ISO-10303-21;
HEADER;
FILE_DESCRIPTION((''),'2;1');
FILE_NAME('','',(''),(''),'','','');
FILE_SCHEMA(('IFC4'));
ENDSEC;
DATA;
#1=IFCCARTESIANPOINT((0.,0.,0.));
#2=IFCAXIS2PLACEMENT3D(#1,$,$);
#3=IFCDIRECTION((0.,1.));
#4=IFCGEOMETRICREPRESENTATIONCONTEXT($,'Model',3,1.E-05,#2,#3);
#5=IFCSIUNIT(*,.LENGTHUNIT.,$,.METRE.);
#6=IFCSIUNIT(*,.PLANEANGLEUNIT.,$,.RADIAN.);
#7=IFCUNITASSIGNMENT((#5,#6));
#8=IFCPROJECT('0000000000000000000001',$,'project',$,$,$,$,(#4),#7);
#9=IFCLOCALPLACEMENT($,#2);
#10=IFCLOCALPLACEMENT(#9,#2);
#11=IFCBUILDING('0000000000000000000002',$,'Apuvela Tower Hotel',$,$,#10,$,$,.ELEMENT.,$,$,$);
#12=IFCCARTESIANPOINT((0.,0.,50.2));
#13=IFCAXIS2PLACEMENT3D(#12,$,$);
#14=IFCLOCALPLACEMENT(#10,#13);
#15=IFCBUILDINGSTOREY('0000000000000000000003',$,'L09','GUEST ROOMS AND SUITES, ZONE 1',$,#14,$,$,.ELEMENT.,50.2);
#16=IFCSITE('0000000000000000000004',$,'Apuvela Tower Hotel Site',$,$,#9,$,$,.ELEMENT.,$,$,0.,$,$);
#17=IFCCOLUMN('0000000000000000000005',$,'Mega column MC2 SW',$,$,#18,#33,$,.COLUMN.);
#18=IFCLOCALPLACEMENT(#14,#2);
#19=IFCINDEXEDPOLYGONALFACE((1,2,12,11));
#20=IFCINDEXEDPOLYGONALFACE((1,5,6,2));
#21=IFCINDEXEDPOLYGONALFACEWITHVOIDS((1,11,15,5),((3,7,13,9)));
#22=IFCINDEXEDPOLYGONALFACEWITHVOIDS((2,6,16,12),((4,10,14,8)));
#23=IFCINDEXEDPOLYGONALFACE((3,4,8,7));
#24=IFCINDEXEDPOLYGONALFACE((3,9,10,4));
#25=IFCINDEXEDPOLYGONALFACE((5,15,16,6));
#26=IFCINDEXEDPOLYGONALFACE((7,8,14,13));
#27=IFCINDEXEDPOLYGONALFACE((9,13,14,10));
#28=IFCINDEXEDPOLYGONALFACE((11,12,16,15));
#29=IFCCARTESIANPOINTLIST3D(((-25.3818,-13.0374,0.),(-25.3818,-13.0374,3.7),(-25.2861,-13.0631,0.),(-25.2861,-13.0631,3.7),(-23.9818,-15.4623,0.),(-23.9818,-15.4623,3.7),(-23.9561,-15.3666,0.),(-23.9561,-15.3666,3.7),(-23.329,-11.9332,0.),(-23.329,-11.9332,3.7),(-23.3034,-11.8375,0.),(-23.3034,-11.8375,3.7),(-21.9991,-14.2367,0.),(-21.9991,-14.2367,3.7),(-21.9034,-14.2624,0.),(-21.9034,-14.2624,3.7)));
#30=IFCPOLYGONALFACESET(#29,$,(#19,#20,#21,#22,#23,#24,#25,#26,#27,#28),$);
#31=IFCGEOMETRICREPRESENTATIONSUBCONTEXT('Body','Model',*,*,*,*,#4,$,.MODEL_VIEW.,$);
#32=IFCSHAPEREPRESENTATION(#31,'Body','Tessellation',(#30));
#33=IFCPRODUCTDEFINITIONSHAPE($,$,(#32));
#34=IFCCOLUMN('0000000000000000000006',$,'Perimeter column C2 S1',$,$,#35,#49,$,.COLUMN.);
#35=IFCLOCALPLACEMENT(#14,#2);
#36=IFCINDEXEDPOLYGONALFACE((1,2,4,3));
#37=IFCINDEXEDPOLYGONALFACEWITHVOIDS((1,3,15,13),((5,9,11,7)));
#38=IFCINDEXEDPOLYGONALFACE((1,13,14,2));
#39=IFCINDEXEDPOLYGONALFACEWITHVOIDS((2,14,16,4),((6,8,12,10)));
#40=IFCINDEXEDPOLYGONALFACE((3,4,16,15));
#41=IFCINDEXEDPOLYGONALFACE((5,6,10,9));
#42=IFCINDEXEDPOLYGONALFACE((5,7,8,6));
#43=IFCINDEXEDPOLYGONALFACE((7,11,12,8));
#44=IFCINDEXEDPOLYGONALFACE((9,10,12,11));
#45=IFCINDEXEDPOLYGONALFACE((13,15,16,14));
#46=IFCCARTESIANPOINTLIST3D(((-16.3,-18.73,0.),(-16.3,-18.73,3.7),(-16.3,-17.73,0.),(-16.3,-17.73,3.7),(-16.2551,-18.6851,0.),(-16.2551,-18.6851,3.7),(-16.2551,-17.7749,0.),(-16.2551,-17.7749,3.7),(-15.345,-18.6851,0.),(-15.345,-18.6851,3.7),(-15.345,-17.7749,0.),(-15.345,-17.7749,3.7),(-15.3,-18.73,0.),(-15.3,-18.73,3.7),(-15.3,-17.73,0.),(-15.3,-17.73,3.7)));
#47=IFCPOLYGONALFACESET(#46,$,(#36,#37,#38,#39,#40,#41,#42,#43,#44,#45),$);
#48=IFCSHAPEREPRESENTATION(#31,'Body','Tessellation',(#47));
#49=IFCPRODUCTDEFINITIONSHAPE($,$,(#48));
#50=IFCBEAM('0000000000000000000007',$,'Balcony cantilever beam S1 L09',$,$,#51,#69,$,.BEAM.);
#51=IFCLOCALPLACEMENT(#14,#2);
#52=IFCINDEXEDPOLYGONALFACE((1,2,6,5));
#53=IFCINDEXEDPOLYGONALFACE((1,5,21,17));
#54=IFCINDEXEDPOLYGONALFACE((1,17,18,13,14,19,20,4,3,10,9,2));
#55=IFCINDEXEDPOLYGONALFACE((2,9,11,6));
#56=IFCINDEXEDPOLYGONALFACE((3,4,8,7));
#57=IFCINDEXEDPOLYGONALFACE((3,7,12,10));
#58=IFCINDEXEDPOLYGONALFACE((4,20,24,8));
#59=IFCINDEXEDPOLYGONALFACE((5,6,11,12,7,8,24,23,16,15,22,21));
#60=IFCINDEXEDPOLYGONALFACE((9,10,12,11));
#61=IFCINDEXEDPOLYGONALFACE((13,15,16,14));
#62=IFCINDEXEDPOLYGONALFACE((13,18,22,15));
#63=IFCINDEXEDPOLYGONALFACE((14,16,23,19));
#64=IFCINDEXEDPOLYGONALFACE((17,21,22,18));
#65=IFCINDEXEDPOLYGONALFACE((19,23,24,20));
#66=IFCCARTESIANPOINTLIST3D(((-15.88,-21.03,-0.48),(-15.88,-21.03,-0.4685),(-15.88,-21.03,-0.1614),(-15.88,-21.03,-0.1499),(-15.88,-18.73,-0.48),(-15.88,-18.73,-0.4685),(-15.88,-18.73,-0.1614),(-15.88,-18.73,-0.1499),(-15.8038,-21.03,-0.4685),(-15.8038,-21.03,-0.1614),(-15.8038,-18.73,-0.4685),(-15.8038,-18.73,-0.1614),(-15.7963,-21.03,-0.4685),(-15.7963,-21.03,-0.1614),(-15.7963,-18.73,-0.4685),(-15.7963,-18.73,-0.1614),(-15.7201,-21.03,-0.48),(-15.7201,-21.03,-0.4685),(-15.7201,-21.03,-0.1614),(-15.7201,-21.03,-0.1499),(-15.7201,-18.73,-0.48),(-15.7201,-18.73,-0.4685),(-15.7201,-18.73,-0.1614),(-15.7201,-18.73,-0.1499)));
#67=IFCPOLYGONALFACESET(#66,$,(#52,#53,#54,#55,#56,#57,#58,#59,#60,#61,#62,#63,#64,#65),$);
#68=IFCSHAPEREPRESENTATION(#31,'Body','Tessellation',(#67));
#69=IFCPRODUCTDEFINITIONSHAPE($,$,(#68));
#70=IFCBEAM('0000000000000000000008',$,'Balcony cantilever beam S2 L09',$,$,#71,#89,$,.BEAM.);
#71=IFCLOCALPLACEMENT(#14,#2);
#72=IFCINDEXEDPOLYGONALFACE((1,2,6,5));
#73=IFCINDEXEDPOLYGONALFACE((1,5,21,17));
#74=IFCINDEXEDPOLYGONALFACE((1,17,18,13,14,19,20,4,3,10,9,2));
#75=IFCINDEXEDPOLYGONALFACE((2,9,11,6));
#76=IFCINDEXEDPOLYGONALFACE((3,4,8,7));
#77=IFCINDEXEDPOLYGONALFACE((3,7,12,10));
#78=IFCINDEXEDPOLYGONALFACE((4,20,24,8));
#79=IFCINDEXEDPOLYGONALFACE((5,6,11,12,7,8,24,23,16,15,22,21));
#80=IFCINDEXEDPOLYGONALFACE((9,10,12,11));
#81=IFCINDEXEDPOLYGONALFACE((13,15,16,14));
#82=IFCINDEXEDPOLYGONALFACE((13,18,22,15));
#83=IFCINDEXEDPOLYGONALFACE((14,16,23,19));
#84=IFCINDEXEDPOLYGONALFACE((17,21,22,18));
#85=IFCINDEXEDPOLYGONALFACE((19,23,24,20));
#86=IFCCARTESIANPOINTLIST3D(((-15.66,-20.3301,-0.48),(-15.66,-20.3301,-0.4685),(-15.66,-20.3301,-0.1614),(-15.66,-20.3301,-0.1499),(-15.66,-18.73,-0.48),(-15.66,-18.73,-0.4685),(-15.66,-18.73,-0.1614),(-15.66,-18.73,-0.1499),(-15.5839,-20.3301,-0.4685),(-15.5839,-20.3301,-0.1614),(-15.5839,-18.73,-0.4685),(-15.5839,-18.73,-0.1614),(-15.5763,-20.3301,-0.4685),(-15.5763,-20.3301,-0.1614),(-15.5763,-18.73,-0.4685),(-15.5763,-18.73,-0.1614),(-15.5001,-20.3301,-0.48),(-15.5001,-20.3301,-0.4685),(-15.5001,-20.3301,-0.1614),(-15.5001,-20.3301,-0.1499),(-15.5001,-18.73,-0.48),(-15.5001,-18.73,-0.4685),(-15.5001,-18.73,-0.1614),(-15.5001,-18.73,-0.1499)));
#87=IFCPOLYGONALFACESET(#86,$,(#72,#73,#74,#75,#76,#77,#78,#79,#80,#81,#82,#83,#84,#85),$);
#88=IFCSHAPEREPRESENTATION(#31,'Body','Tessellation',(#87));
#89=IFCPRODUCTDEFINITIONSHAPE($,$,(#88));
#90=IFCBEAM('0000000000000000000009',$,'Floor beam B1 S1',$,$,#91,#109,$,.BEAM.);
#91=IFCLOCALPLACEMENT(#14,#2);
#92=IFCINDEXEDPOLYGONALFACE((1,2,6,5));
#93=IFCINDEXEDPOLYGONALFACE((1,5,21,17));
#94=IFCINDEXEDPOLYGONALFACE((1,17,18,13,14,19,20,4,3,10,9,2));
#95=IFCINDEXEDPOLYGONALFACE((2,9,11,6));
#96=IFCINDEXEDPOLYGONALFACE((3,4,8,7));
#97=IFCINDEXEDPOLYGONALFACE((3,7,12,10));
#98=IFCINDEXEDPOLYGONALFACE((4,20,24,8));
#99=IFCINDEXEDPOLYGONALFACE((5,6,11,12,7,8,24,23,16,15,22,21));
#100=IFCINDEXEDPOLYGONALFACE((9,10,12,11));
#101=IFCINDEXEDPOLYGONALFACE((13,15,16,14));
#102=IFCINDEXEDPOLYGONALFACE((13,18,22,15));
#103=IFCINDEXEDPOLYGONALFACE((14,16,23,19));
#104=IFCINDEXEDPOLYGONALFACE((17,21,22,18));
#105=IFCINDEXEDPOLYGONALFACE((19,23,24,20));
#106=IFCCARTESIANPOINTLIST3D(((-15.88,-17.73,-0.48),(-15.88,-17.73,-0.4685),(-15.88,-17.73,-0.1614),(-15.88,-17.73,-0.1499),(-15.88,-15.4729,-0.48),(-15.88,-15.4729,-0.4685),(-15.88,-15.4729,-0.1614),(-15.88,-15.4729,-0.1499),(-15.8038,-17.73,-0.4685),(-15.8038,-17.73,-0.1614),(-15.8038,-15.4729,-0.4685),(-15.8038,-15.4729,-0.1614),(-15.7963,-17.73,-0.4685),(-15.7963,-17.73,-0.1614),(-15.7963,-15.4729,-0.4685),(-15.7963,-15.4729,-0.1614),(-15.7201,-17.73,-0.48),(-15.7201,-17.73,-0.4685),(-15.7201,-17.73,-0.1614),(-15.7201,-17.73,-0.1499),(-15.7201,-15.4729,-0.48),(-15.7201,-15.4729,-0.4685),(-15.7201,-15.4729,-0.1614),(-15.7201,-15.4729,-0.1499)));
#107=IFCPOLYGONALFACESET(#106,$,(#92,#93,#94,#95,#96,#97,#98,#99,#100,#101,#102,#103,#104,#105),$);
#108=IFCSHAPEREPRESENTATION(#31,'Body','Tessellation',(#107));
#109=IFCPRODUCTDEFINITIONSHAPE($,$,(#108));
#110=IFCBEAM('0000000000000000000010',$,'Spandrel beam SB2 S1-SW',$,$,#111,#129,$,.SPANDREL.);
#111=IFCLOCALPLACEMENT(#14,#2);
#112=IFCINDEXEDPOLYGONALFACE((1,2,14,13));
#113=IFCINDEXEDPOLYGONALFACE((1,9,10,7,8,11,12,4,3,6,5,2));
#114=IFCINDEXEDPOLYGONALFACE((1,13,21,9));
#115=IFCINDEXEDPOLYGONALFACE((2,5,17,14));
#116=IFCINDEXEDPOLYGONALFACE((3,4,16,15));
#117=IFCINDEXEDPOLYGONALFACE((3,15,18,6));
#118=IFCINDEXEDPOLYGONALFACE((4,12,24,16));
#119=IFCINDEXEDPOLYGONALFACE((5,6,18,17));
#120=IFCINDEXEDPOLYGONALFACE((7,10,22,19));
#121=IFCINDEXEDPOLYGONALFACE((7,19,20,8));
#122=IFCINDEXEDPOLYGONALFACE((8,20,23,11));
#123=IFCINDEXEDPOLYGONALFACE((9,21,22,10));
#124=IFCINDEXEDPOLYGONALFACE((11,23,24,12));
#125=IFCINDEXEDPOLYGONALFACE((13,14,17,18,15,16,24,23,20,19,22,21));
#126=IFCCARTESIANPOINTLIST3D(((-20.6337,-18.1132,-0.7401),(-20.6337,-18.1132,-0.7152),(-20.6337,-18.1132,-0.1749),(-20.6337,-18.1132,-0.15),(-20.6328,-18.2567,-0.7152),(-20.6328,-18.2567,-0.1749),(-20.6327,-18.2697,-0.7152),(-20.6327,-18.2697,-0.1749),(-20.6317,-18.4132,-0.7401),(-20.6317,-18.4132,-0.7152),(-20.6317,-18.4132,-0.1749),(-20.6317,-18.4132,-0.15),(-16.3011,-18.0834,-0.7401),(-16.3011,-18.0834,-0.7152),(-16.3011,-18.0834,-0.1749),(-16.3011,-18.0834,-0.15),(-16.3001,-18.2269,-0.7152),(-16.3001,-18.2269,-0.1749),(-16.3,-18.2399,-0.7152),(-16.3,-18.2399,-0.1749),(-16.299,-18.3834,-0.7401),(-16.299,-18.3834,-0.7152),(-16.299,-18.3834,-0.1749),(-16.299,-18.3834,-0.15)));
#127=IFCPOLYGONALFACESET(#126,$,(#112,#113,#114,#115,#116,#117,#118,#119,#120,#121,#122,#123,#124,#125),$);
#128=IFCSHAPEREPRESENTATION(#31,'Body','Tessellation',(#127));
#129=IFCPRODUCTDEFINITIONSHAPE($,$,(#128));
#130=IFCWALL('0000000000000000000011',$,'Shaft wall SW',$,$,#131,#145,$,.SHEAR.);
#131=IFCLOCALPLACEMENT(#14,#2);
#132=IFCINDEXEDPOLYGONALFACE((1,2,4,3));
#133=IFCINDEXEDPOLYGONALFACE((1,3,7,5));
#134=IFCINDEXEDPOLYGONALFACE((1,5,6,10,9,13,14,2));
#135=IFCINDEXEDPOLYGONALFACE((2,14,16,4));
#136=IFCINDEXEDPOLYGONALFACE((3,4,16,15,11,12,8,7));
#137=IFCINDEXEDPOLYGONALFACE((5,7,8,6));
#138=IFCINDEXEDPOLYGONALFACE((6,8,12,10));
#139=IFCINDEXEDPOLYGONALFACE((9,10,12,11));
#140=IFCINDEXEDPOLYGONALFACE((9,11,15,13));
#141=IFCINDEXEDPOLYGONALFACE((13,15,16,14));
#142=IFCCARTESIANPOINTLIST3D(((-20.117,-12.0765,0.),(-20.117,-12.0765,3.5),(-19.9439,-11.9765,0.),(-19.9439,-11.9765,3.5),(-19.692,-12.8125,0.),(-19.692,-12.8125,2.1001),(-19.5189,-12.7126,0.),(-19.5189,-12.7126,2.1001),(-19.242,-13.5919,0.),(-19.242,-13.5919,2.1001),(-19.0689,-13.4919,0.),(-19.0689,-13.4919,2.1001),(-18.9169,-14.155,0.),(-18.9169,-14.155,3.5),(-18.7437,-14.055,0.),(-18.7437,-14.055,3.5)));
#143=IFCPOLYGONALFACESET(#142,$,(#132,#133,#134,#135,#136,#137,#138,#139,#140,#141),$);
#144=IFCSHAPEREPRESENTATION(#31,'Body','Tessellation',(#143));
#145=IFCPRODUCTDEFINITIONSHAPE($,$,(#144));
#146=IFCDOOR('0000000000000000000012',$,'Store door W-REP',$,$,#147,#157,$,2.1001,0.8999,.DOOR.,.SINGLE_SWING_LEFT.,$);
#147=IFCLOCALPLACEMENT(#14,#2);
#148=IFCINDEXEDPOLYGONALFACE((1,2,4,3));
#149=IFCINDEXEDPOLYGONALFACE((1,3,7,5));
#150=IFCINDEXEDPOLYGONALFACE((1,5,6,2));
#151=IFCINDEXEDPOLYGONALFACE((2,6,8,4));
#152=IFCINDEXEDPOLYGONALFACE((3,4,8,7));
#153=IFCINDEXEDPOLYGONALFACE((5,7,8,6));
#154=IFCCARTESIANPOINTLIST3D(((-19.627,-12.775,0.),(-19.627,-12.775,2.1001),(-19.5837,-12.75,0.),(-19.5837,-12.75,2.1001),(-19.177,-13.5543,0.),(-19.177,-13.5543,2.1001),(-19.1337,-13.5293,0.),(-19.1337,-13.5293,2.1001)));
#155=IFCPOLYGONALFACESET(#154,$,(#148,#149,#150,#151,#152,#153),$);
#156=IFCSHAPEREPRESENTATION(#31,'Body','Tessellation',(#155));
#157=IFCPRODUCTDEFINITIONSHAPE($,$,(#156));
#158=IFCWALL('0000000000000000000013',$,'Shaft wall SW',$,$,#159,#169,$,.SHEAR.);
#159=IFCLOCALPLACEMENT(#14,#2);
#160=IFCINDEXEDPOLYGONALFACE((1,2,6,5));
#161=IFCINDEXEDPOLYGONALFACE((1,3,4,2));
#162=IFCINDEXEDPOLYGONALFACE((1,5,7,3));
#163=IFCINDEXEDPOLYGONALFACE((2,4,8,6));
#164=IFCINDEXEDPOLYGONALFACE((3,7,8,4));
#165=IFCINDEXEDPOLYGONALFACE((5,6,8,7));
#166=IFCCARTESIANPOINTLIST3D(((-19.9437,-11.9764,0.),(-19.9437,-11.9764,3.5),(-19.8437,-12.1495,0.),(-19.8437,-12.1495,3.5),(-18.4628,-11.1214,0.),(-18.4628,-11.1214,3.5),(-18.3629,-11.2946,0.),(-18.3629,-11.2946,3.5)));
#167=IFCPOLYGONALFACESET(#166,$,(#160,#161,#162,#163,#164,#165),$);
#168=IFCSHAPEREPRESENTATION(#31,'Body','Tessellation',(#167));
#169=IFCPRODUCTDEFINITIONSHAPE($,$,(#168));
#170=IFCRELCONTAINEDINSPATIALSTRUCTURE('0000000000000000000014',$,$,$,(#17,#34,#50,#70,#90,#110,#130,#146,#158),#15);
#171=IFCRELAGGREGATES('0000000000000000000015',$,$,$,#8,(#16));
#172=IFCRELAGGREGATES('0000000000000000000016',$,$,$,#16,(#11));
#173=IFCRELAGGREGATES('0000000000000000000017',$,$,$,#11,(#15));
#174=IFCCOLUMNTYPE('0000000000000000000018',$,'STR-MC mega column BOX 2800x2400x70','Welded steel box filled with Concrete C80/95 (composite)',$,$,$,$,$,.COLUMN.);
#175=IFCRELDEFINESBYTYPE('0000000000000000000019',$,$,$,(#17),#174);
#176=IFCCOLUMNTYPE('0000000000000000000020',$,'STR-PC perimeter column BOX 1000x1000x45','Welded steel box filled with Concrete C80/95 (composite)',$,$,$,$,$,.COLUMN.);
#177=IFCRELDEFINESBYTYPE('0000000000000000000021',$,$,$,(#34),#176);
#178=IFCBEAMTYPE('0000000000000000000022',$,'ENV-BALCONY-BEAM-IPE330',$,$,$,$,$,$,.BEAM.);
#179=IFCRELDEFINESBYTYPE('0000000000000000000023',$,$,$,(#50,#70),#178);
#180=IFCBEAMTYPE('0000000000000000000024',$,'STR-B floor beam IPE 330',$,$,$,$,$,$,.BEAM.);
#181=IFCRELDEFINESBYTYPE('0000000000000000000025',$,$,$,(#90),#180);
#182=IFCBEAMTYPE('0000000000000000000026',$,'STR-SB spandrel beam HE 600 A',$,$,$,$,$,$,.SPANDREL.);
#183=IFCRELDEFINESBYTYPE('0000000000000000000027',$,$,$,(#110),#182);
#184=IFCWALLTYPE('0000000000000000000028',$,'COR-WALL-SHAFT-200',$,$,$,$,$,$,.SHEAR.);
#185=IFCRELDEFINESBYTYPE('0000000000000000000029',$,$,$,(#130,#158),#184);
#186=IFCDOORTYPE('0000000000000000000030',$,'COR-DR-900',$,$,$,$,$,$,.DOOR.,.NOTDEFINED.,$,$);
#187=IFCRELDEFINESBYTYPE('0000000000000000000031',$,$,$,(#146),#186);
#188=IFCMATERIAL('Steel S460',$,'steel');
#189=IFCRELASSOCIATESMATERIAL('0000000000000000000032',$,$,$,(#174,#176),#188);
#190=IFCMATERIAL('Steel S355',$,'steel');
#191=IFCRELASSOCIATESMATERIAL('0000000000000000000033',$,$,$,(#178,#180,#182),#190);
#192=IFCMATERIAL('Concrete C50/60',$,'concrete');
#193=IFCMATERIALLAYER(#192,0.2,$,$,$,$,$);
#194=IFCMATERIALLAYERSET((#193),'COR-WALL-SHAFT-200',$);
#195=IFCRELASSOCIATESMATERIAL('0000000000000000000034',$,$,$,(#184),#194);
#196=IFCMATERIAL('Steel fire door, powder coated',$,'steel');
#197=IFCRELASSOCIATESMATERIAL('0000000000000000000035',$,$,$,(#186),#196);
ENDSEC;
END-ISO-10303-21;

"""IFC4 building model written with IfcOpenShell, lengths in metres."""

from ifc_helpers import new_model, si_unit, direction, frame, frame_2d, origin, origin_2d, place, context, subcontext, project, spatial, rectangle, hollow_rectangle, i_section, extrude, material, layer, layer_set, material_profile, profile_set, type_object, element, fill, save


model = new_model("IFC4")

# Units and contexts
model_context = context("Model", 3, precision=1e-05, world=origin(), true_north=direction((0.0, 1.0)))
body_context = subcontext(model_context, "Body", "Model", "MODEL_VIEW")
ifc_project = project(units=[si_unit("LENGTHUNIT", "METRE"), si_unit("PLANEANGLEUNIT", "RADIAN")], contexts=[model_context])

# Site, building, storey
site_placement = place(None, origin())
site = spatial("IfcSite", under=ifc_project, at=site_placement, Name="Apuvela Tower Hotel Site", CompositionType="ELEMENT", RefElevation=0.0)
building_placement = place(site_placement, origin())
building = spatial("IfcBuilding", under=site, at=building_placement, Name="Apuvela Tower Hotel", CompositionType="ELEMENT")
storey_placement = place(building_placement, frame((0.0, 0.0, 50.2)))
storey = spatial("IfcBuildingStorey", under=building, at=storey_placement, Name="L09", Description="GUEST ROOMS AND SUITES, ZONE 1", CompositionType="ELEMENT", Elevation=50.2)

# Columns
ifc_material_1 = material(Name="Steel S460", Category="steel")
ifc_material_profile_1 = material_profile(ifc_material_1, hollow_rectangle(XDim=2.8, YDim=2.3999, WallThickness=0.0701, at=origin_2d()), Name="BOX 2800x2400x70")
ifc_material_2 = material(Name="Concrete C80/95", Category="concrete")
ifc_material_profile_2 = material_profile(ifc_material_2, rectangle(XDim=2.6599, YDim=2.26, at=origin_2d()), Name="Concrete C80/95 infill")
ifc_profile_set_1 = profile_set([ifc_material_profile_1, ifc_material_profile_2], Name="Steel S460")
column_type_1 = type_object("IfcColumnType", Name="STR-MC mega column BOX 2800x2400x70", Description="Welded steel box filled with Concrete C80/95 (composite)", PredefinedType="COLUMN", material=ifc_profile_set_1)
column_1_placement = place(storey_placement, frame((-23.6426, -13.6499, 0.0), z_axis=(0.0, 0.0, 1.0), x_axis=(-0.5, 0.866025, 0.0)))
element("IfcColumn", 1, at=column_1_placement, inside=storey, type_object=column_type_1, Name="Mega column MC2 SW", PredefinedType="COLUMN", context=body_context, shape_type="SweptSolid", body=[
    extrude(hollow_rectangle(XDim=2.8, YDim=2.3999, WallThickness=0.0701, at=origin_2d()), origin(), (0.0, 0.0, 1.0), 3.7),
])
ifc_material_profile_3 = material_profile(ifc_material_1, hollow_rectangle(XDim=1.0, YDim=1.0, WallThickness=0.0449, at=origin_2d()), Name="BOX 1000x1000x45")
ifc_material_profile_4 = material_profile(ifc_material_2, rectangle(XDim=0.9099, YDim=0.9099, at=origin_2d()), Name="Concrete C80/95 infill")
ifc_profile_set_2 = profile_set([ifc_material_profile_3, ifc_material_profile_4], Name="Steel S460")
column_type_2 = type_object("IfcColumnType", Name="STR-PC perimeter column BOX 1000x1000x45", Description="Welded steel box filled with Concrete C80/95 (composite)", PredefinedType="COLUMN", material=ifc_profile_set_2)
column_2_placement = place(storey_placement, frame((-15.8, -18.23, 0.0), z_axis=(0.0, 0.0, 1.0), x_axis=(-1.0, 0.0, 0.0)))
element("IfcColumn", 2, at=column_2_placement, inside=storey, type_object=column_type_2, Name="Perimeter column C2 S1", PredefinedType="COLUMN", context=body_context, shape_type="SweptSolid", body=[
    extrude(hollow_rectangle(XDim=1.0, YDim=1.0, WallThickness=0.0449, at=origin_2d()), origin(), (0.0, 0.0, 1.0), 3.7),
])

# Beams
ifc_material_3 = material(Name="Steel S355", Category="steel")
ifc_material_profile_5 = material_profile(ifc_material_3, i_section(OverallWidth=0.1599, OverallDepth=0.3301, WebThickness=0.0076, FlangeThickness=0.0115, at=origin_2d()), Name="IPE 330")
ifc_profile_set_3 = profile_set([ifc_material_profile_5], Name="Steel S355")
beam_type_1 = type_object("IfcBeamType", Name="ENV-BALCONY-BEAM-IPE330", PredefinedType="BEAM", material=ifc_profile_set_3)
beam_1_placement = place(storey_placement, frame((-15.8, -18.73, -0.3149), z_axis=(0.0, -1.0, 0.0), x_axis=(1.0, 0.0, 0.0)))
element("IfcBeam", 3, at=beam_1_placement, inside=storey, type_object=beam_type_1, Name="Balcony cantilever beam S1 L09", PredefinedType="BEAM", context=body_context, shape_type="SweptSolid", body=[
    extrude(i_section(OverallWidth=0.1599, OverallDepth=0.3301, WebThickness=0.0076, FlangeThickness=0.0115, at=origin_2d()), origin(), (0.0, 0.0, 1.0), 2.3),
])
beam_2_placement = place(storey_placement, frame((-15.5801, -18.73, -0.3149), z_axis=(0.0, -1.0, 0.0), x_axis=(1.0, 0.0, 0.0)))
element("IfcBeam", 4, at=beam_2_placement, inside=storey, type_object=beam_type_1, Name="Balcony cantilever beam S2 L09", PredefinedType="BEAM", context=body_context, shape_type="SweptSolid", body=[
    extrude(i_section(OverallWidth=0.1599, OverallDepth=0.3301, WebThickness=0.0076, FlangeThickness=0.0115, at=origin_2d()), origin(), (0.0, 0.0, 1.0), 1.6001),
])
ifc_material_profile_6 = material_profile(ifc_material_3, i_section(OverallWidth=0.1599, OverallDepth=0.3301, WebThickness=0.0076, FlangeThickness=0.0115, at=origin_2d()), Name="IPE 330")
ifc_profile_set_4 = profile_set([ifc_material_profile_6], Name="Steel S355")
beam_type_2 = type_object("IfcBeamType", Name="STR-B floor beam IPE 330", PredefinedType="BEAM", material=ifc_profile_set_4)
beam_3_placement = place(storey_placement, frame((-15.8, -17.73, -0.3149), z_axis=(0.0, 1.0, 0.0), x_axis=(-1.0, 0.0, 0.0)))
element("IfcBeam", 5, at=beam_3_placement, inside=storey, type_object=beam_type_2, Name="Floor beam B1 S1", PredefinedType="BEAM", context=body_context, shape_type="SweptSolid", body=[
    extrude(i_section(OverallWidth=0.1599, OverallDepth=0.3301, WebThickness=0.0076, FlangeThickness=0.0115, at=origin_2d()), origin(), (0.0, 0.0, 1.0), 2.2571),
])
ifc_material_profile_7 = material_profile(ifc_material_3, i_section(OverallWidth=0.3, OverallDepth=0.5901, WebThickness=0.0129, FlangeThickness=0.0249, at=origin_2d()), Name="HE 600 A")
ifc_profile_set_5 = profile_set([ifc_material_profile_7], Name="Steel S355")
beam_type_3 = type_object("IfcBeamType", Name="STR-SB spandrel beam HE 600 A", PredefinedType="SPANDREL", material=ifc_profile_set_5)
beam_4_placement = place(storey_placement, frame((-16.3, -18.2334, -0.4451), z_axis=(-0.999976, -0.006874, 0.0), x_axis=(0.006874, -0.999976, 0.0)))
element("IfcBeam", 6, at=beam_4_placement, inside=storey, type_object=beam_type_3, Name="Spandrel beam SB2 S1-SW", PredefinedType="SPANDREL", context=body_context, shape_type="SweptSolid", body=[
    extrude(i_section(OverallWidth=0.3, OverallDepth=0.5901, WebThickness=0.0129, FlangeThickness=0.0249, at=origin_2d()), origin(), (0.0, 0.0, 1.0), 4.3328),
])

# Wall, opening, door
ifc_material_4 = material(Name="Concrete C50/60", Category="concrete")
ifc_layer_1 = layer(ifc_material_4, 0.2)
ifc_layer_set_1 = layer_set([ifc_layer_1], Name="COR-WALL-SHAFT-200")
wall_type_1 = type_object("IfcWallType", Name="COR-WALL-SHAFT-200", PredefinedType="SHEAR", material=ifc_layer_set_1)
wall_1_placement = place(storey_placement, frame((-20.0305, -12.0264, 0.0), z_axis=(0.0, 0.0, 1.0), x_axis=(0.500034, -0.866006, 0.0)))
wall_1 = element("IfcWall", 7, at=wall_1_placement, inside=storey, type_object=wall_type_1, Name="Shaft wall SW", PredefinedType="SHEAR", context=body_context, shape_type="SweptSolid", body=[
    extrude(rectangle(XDim=2.4001, YDim=0.2, at=frame_2d((1.2002, 0.0))), origin(), (0.0, 0.0, 1.0), 3.5),
])
opening_1_placement = place(wall_1_placement, frame((0.8501, 0.0, 0.0)))
opening_1 = element("IfcOpeningElement", 8, at=opening_1_placement, cuts=wall_1, PredefinedType="OPENING", context=body_context, shape_type="SweptSolid", body=[
    extrude(rectangle(XDim=0.8999, YDim=2.1001, at=frame_2d((0.45, 1.05))), frame((0.0, 0.1099, 0.0), z_axis=(0.0, -1.0, 0.0), x_axis=(1.0, 0.0, 0.0)), (0.0, 0.0, 1.0), 0.22),
])
ifc_material_5 = material(Name="Steel fire door, powder coated", Category="steel")
door_type_1 = type_object("IfcDoorType", Name="COR-DR-900", OperationType="NOTDEFINED", PredefinedType="DOOR", material=ifc_material_5)
door_1_placement = place(opening_1_placement, frame((0.8999, 0.0, 0.0), z_axis=(0.0, 0.0, 1.0), x_axis=(-1.0, 0.0, 0.0)))
door_1 = element("IfcDoor", 9, at=door_1_placement, inside=storey, type_object=door_type_1, Name="Store door W-REP", OperationType="SINGLE_SWING_LEFT", OverallHeight=2.1001, OverallWidth=0.8999, PredefinedType="DOOR", context=body_context, shape_type="SweptSolid", body=[
    extrude(rectangle(XDim=0.8999, YDim=2.1001, at=frame_2d((0.45, 1.05))), frame((0.0, 0.0249, 0.0), z_axis=(0.0, -1.0, 0.0), x_axis=(1.0, 0.0, 0.0)), (0.0, 0.0, 1.0), 0.05),
])
fill(opening_1, door_1)

# Wall
wall_2_placement = place(storey_placement, frame((-18.4128, -11.208, 0.0), z_axis=(0.0, 0.0, 1.0), x_axis=(-0.866038, -0.499978, 0.0)))
element("IfcWall", 10, at=wall_2_placement, inside=storey, type_object=wall_type_1, Name="Shaft wall SW", PredefinedType="SHEAR", context=body_context, shape_type="SweptSolid", body=[
    extrude(rectangle(XDim=1.71, YDim=0.2, at=frame_2d((0.855, 0.0))), origin(), (0.0, 0.0, 1.0), 3.5),
])

save(model, "model.ifc")
